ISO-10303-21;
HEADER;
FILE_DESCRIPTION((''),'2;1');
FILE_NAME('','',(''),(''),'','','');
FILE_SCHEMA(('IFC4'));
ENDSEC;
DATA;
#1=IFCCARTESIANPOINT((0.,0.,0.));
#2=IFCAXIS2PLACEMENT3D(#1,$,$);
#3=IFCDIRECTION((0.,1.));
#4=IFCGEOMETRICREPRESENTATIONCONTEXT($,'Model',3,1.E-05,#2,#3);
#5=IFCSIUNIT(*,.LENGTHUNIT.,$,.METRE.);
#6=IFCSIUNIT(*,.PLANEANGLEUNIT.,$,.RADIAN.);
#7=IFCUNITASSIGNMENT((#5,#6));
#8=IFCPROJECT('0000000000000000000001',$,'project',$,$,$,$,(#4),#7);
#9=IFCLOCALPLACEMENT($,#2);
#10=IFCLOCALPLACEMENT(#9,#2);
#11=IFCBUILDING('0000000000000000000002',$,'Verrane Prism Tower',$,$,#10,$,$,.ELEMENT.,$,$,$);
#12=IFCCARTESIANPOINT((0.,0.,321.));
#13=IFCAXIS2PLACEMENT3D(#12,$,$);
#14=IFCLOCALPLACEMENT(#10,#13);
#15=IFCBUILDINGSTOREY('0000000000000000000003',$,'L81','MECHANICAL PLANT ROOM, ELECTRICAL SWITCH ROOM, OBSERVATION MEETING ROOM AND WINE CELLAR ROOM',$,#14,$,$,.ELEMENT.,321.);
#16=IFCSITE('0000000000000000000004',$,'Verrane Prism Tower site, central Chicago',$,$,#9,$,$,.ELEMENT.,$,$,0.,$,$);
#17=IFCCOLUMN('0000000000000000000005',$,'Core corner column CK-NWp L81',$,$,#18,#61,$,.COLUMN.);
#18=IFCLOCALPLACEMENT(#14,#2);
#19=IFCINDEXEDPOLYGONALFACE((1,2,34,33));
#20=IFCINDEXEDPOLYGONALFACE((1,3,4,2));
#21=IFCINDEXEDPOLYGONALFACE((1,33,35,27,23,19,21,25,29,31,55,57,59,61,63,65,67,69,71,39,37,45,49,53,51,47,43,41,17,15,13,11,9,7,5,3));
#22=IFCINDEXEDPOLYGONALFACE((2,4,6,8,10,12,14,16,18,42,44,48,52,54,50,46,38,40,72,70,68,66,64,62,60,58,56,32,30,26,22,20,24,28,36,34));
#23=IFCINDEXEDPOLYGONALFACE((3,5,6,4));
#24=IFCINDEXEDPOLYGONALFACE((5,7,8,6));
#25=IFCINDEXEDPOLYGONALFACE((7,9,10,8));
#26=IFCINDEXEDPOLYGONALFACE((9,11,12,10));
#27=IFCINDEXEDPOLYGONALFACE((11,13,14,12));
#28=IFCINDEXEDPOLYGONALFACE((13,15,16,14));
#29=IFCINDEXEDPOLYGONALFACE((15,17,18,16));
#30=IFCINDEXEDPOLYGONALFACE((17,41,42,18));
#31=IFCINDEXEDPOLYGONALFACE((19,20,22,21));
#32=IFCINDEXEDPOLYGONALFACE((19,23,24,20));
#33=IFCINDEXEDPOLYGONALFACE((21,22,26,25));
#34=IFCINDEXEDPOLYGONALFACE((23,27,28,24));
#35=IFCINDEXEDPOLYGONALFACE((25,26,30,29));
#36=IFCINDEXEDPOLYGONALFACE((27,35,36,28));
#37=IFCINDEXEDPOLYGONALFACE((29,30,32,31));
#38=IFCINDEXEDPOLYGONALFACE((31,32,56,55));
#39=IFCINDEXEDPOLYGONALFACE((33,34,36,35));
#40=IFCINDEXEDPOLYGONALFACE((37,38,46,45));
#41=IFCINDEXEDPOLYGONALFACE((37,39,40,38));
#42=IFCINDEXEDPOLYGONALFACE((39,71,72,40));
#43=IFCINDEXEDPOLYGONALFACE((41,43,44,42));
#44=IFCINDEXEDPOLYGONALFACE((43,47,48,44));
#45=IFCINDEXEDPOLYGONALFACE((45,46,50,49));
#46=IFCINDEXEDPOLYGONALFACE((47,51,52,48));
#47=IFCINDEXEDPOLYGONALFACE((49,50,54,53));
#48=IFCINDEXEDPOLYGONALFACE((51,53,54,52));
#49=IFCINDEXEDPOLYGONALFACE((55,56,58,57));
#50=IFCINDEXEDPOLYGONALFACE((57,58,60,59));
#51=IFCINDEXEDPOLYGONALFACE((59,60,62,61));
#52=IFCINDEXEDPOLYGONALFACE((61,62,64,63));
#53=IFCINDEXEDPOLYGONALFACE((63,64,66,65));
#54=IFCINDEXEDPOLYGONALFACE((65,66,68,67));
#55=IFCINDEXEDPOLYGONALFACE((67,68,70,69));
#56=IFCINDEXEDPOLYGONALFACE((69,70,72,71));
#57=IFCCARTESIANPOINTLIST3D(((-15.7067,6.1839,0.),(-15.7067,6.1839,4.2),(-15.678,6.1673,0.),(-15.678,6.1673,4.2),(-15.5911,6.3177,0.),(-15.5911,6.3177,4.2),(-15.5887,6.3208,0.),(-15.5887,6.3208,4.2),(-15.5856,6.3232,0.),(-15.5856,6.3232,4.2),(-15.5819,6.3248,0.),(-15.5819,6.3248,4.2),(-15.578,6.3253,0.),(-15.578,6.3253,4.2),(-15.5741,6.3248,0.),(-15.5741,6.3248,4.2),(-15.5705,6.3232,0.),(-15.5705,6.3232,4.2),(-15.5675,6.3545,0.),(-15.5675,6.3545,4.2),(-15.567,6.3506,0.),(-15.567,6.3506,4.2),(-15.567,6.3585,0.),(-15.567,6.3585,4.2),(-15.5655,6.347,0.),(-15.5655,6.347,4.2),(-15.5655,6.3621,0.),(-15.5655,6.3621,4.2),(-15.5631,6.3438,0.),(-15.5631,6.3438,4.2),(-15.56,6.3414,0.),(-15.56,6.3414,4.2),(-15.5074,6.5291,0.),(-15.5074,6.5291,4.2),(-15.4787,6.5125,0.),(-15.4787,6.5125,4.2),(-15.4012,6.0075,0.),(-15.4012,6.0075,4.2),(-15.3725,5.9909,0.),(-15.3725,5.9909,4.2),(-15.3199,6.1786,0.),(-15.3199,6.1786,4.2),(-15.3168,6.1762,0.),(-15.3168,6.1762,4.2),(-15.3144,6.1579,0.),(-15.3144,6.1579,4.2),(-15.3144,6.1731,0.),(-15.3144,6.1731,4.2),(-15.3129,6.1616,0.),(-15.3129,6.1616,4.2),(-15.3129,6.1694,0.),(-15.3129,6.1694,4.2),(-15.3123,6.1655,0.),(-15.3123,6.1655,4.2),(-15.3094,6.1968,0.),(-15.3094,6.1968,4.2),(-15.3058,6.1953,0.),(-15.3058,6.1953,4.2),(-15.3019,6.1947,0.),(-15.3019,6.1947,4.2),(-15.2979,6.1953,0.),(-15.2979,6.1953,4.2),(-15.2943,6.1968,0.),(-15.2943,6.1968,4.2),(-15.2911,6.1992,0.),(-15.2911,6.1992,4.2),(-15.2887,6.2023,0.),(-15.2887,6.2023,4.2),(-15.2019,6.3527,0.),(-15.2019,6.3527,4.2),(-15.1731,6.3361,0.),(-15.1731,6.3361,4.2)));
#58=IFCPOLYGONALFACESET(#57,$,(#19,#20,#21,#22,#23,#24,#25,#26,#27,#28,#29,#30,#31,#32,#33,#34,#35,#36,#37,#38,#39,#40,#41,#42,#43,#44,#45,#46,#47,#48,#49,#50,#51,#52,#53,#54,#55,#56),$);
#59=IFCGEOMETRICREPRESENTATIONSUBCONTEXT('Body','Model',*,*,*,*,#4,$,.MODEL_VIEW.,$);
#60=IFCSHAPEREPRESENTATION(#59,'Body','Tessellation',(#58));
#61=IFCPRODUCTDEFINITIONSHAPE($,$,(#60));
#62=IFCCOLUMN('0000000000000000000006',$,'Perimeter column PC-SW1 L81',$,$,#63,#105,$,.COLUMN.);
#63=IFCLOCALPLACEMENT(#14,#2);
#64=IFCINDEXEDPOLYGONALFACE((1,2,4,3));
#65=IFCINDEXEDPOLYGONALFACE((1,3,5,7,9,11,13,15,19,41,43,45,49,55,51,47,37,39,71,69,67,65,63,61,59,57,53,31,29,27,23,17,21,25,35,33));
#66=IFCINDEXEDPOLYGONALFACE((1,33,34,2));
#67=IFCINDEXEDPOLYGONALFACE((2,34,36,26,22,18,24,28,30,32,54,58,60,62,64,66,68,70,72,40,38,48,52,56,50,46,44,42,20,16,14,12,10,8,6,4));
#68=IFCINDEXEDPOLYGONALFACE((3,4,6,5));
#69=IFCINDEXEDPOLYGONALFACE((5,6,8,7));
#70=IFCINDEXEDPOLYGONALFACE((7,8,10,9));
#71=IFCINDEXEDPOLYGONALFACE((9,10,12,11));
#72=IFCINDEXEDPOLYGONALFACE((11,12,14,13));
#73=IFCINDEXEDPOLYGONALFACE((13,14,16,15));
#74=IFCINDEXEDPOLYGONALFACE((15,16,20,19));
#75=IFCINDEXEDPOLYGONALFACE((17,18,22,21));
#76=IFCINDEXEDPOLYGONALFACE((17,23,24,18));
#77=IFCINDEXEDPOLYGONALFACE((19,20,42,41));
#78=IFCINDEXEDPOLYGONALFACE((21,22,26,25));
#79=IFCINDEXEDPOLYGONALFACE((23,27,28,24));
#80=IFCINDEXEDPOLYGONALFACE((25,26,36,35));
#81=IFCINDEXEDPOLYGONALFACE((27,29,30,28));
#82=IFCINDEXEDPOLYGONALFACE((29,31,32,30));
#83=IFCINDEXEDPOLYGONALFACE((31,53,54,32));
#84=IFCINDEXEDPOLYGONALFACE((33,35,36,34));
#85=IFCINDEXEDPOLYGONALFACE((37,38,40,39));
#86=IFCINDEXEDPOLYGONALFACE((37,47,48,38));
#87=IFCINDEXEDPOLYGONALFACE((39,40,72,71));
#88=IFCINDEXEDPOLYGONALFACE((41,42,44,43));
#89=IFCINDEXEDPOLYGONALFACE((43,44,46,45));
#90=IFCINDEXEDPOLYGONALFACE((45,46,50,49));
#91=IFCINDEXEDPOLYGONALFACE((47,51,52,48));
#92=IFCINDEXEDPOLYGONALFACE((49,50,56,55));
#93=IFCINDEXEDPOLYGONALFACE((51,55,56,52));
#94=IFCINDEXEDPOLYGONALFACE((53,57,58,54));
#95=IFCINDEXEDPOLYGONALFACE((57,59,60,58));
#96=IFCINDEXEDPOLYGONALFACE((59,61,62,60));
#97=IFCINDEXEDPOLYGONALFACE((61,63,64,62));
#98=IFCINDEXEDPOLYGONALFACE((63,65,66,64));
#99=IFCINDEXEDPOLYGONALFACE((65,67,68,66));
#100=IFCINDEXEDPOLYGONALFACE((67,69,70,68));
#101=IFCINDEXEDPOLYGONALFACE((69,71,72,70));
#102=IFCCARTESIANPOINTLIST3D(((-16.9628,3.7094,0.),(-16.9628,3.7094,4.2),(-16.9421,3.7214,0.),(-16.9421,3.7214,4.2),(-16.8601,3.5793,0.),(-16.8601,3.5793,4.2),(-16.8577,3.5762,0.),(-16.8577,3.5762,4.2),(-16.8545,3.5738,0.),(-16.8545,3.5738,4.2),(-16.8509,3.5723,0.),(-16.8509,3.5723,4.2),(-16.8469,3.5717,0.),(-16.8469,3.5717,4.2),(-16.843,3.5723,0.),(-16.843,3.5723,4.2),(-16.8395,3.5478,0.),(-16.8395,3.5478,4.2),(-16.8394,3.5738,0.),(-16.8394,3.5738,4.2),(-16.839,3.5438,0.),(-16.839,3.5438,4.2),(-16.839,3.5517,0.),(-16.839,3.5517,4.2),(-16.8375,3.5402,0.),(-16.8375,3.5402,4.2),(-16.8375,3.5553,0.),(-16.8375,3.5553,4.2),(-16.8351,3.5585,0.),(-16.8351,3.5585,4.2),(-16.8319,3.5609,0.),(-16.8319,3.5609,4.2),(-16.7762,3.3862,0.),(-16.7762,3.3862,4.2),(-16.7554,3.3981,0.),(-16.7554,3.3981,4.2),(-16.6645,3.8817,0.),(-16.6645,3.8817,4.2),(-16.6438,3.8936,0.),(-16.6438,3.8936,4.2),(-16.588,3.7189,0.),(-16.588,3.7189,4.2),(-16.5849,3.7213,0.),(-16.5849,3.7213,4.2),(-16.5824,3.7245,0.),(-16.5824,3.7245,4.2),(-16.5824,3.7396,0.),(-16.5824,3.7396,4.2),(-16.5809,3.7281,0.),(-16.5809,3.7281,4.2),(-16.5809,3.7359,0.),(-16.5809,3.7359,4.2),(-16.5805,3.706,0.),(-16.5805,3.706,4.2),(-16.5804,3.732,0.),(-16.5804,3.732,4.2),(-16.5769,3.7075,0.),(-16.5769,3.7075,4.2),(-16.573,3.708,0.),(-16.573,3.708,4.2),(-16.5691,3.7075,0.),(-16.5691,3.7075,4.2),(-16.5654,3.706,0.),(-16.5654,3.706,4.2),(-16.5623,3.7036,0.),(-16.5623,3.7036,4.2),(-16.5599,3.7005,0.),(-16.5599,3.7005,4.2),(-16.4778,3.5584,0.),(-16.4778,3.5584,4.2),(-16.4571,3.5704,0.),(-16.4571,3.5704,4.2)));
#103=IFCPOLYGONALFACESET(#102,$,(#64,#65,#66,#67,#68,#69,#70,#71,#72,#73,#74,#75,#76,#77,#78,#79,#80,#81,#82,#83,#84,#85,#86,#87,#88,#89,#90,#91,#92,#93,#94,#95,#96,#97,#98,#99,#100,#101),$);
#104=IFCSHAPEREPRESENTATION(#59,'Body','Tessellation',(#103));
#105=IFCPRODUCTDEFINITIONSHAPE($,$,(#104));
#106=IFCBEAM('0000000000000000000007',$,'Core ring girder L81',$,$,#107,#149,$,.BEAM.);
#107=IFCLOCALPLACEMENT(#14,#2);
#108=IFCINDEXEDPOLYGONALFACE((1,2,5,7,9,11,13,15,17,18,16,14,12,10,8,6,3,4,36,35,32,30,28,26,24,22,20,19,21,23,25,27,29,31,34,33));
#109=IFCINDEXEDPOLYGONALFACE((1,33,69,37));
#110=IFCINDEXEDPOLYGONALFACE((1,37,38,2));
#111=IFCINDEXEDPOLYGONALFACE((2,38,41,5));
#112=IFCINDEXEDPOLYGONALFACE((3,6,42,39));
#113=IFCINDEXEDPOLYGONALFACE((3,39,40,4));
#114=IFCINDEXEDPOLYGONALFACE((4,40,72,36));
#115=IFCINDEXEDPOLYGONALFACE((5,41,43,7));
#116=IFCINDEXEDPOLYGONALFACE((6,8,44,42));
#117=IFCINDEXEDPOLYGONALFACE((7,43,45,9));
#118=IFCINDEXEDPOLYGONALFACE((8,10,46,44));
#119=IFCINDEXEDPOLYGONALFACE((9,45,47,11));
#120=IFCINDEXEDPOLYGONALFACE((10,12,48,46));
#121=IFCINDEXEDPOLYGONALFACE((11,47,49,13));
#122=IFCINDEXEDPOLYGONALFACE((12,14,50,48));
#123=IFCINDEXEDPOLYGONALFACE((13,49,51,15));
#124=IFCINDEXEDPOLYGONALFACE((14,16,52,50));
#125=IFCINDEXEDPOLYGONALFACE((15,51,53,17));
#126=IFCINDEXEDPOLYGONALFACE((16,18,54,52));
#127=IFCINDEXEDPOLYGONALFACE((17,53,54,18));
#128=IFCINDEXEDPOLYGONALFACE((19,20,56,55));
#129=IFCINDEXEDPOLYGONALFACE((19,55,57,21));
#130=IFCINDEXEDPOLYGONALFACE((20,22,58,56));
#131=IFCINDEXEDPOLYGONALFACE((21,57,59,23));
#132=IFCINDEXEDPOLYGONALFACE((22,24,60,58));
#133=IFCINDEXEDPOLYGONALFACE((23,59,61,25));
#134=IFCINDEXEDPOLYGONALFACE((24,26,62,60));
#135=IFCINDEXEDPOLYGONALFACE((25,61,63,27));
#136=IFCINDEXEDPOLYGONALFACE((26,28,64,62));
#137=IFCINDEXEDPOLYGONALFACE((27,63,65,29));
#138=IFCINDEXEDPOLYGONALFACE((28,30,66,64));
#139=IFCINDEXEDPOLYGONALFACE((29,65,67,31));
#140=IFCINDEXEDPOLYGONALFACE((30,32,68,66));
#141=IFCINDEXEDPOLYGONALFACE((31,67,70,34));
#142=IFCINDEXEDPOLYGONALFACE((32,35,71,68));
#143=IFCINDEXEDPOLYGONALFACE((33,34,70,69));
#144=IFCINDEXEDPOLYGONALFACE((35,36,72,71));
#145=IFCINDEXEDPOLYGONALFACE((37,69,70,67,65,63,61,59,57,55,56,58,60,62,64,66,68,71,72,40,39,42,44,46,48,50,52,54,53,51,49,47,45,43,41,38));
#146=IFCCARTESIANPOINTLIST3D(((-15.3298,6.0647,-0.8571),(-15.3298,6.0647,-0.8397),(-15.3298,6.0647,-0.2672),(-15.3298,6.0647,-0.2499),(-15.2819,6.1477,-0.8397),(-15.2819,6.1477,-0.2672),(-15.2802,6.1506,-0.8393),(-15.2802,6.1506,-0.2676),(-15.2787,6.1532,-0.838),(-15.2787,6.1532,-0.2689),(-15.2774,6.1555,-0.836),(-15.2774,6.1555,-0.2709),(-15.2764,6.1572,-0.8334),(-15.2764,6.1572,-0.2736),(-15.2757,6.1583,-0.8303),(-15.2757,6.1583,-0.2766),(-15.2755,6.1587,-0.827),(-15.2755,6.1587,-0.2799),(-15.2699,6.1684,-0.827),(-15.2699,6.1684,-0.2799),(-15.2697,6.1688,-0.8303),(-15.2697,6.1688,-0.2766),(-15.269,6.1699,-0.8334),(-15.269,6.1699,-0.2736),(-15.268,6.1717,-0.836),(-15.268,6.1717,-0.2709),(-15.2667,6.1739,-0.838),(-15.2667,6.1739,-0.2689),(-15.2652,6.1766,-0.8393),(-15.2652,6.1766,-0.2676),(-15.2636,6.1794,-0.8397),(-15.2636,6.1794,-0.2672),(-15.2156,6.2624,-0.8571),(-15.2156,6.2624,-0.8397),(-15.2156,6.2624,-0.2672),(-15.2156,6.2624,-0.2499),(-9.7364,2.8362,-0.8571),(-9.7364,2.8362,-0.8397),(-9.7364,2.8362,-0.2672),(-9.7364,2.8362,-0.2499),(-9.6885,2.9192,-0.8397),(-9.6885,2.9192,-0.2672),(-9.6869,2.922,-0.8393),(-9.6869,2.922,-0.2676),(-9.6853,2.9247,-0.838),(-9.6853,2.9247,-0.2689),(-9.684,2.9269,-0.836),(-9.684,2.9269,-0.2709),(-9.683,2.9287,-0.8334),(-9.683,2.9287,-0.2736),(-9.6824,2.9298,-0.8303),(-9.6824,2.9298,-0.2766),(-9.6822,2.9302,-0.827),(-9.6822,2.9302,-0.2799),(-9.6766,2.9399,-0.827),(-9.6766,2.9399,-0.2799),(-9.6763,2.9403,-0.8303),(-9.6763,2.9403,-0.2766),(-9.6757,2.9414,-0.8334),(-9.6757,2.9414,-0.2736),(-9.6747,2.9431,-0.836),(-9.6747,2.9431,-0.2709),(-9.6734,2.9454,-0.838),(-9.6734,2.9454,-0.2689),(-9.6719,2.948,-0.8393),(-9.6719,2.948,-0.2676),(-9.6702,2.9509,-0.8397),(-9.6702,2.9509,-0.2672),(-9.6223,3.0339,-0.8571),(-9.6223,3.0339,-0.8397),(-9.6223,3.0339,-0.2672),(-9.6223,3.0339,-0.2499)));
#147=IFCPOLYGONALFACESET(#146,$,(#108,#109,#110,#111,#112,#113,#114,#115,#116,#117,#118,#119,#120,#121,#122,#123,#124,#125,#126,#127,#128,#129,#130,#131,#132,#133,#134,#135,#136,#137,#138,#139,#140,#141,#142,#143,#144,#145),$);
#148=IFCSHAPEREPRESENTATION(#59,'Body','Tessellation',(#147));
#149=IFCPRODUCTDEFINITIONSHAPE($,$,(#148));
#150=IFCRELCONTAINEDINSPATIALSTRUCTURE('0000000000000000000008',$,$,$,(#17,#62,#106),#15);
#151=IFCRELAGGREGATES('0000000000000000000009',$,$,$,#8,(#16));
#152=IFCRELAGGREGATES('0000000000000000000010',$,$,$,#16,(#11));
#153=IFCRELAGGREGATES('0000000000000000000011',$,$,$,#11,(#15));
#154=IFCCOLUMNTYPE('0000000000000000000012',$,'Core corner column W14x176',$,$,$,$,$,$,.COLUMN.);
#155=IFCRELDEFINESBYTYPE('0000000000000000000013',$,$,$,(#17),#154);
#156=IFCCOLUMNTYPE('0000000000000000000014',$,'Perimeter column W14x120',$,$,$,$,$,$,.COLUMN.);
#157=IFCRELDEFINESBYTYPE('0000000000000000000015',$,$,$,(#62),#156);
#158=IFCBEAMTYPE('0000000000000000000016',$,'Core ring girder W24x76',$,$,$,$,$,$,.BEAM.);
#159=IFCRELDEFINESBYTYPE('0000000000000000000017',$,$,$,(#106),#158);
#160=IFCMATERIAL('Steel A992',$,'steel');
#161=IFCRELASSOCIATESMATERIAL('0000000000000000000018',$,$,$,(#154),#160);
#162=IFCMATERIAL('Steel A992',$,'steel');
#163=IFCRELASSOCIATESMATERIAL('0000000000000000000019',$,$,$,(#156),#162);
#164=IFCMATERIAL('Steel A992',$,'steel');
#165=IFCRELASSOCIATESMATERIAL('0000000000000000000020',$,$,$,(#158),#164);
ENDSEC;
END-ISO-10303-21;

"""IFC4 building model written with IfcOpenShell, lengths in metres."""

from ifc_helpers import new_model, si_unit, direction, frame, origin, origin_2d, place, context, subcontext, project, spatial, i_section, extrude, material, material_profile, profile_set, type_object, element, save


model = new_model("IFC4")

# Units and contexts
model_context = context("Model", 3, precision=1e-05, world=origin(), true_north=direction((0.0, 1.0)))
body_context = subcontext(model_context, "Body", "Model", "MODEL_VIEW")
ifc_project = project(units=[si_unit("LENGTHUNIT", "METRE"), si_unit("PLANEANGLEUNIT", "RADIAN")], contexts=[model_context])

# Site, building, storey
site_placement = place(None, origin())
site = spatial("IfcSite", under=ifc_project, at=site_placement, Name="Verrane Prism Tower site, central Chicago", CompositionType="ELEMENT", RefElevation=0.0)
building_placement = place(site_placement, origin())
building = spatial("IfcBuilding", under=site, at=building_placement, Name="Verrane Prism Tower", CompositionType="ELEMENT")
storey_placement = place(building_placement, frame((0.0, 0.0, 321.0)))
storey = spatial("IfcBuildingStorey", under=building, at=storey_placement, Name="L81", Description="MECHANICAL PLANT ROOM, ELECTRICAL SWITCH ROOM, OBSERVATION MEETING ROOM AND WINE CELLAR ROOM", CompositionType="ELEMENT", Elevation=321.0)

# Columns
ifc_material_1 = material(Name="Steel A992", Category="steel")
ifc_material_profile_1 = material_profile(ifc_material_1, i_section(OverallWidth=0.3987, OverallDepth=0.386, WebThickness=0.021, FlangeThickness=0.0332, FilletRadius=0.0151, at=origin_2d()), Name="W14x176")
ifc_profile_set_1 = profile_set([ifc_material_profile_1], Name="Steel A992")
column_type_1 = type_object("IfcColumnType", Name="Core corner column W14x176", PredefinedType="COLUMN", material=ifc_profile_set_1)
column_1_placement = place(storey_placement, frame((-15.4399, 6.26, 0.0), z_axis=(0.0, 0.0, 1.0), x_axis=(0.5, 0.866025, 0.0)))
element("IfcColumn", 1, at=column_1_placement, inside=storey, type_object=column_type_1, Name="Core corner column CK-NWp L81", PredefinedType="COLUMN", context=body_context, shape_type="SweptSolid", body=[
    extrude(i_section(OverallWidth=0.3987, OverallDepth=0.386, WebThickness=0.021, FlangeThickness=0.0332, FilletRadius=0.0151, at=origin_2d()), origin(), (0.0, 0.0, 1.0), 4.2),
])
ifc_material_2 = material(Name="Steel A992", Category="steel")
ifc_material_profile_2 = material_profile(ifc_material_2, i_section(OverallWidth=0.3733, OverallDepth=0.3684, WebThickness=0.0149, FlangeThickness=0.0239, FilletRadius=0.0151, at=origin_2d()), Name="W14x120")
ifc_profile_set_2 = profile_set([ifc_material_profile_2], Name="Steel A992")
column_type_2 = type_object("IfcColumnType", Name="Perimeter column W14x120", PredefinedType="COLUMN", material=ifc_profile_set_2)
column_2_placement = place(storey_placement, frame((-16.71, 3.6399, 0.0), z_axis=(0.0, 0.0, 1.0), x_axis=(-0.5, 0.866025, 0.0)))
element("IfcColumn", 2, at=column_2_placement, inside=storey, type_object=column_type_2, Name="Perimeter column PC-SW1 L81", PredefinedType="COLUMN", context=body_context, shape_type="SweptSolid", body=[
    extrude(i_section(OverallWidth=0.3733, OverallDepth=0.3684, WebThickness=0.0149, FlangeThickness=0.0239, FilletRadius=0.0151, at=origin_2d()), origin(), (0.0, 0.0, 1.0), 4.2),
])

# Beam
ifc_material_3 = material(Name="Steel A992", Category="steel")
ifc_material_profile_3 = material_profile(ifc_material_3, i_section(OverallWidth=0.2283, OverallDepth=0.6072, WebThickness=0.0112, FlangeThickness=0.0173, FilletRadius=0.0127, at=origin_2d()), Name="W24x76")
ifc_profile_set_3 = profile_set([ifc_material_profile_3], Name="Steel A992")
beam_type_1 = type_object("IfcBeamType", Name="Core ring girder W24x76", PredefinedType="BEAM", material=ifc_profile_set_3)
beam_1_placement = place(storey_placement, frame((-15.2727, 6.1636, -0.5535), z_axis=(0.866076, -0.499912, 0.0), x_axis=(0.499912, 0.866076, 0.0)))
element("IfcBeam", 3, at=beam_1_placement, inside=storey, type_object=beam_type_1, Name="Core ring girder L81", PredefinedType="BEAM", context=body_context, shape_type="SweptSolid", body=[
    extrude(i_section(OverallWidth=0.2283, OverallDepth=0.6072, WebThickness=0.0112, FlangeThickness=0.0173, FilletRadius=0.0127, at=origin_2d()), origin(), (0.0, 0.0, 1.0), 6.4583),
])

save(model, "model.ifc")
